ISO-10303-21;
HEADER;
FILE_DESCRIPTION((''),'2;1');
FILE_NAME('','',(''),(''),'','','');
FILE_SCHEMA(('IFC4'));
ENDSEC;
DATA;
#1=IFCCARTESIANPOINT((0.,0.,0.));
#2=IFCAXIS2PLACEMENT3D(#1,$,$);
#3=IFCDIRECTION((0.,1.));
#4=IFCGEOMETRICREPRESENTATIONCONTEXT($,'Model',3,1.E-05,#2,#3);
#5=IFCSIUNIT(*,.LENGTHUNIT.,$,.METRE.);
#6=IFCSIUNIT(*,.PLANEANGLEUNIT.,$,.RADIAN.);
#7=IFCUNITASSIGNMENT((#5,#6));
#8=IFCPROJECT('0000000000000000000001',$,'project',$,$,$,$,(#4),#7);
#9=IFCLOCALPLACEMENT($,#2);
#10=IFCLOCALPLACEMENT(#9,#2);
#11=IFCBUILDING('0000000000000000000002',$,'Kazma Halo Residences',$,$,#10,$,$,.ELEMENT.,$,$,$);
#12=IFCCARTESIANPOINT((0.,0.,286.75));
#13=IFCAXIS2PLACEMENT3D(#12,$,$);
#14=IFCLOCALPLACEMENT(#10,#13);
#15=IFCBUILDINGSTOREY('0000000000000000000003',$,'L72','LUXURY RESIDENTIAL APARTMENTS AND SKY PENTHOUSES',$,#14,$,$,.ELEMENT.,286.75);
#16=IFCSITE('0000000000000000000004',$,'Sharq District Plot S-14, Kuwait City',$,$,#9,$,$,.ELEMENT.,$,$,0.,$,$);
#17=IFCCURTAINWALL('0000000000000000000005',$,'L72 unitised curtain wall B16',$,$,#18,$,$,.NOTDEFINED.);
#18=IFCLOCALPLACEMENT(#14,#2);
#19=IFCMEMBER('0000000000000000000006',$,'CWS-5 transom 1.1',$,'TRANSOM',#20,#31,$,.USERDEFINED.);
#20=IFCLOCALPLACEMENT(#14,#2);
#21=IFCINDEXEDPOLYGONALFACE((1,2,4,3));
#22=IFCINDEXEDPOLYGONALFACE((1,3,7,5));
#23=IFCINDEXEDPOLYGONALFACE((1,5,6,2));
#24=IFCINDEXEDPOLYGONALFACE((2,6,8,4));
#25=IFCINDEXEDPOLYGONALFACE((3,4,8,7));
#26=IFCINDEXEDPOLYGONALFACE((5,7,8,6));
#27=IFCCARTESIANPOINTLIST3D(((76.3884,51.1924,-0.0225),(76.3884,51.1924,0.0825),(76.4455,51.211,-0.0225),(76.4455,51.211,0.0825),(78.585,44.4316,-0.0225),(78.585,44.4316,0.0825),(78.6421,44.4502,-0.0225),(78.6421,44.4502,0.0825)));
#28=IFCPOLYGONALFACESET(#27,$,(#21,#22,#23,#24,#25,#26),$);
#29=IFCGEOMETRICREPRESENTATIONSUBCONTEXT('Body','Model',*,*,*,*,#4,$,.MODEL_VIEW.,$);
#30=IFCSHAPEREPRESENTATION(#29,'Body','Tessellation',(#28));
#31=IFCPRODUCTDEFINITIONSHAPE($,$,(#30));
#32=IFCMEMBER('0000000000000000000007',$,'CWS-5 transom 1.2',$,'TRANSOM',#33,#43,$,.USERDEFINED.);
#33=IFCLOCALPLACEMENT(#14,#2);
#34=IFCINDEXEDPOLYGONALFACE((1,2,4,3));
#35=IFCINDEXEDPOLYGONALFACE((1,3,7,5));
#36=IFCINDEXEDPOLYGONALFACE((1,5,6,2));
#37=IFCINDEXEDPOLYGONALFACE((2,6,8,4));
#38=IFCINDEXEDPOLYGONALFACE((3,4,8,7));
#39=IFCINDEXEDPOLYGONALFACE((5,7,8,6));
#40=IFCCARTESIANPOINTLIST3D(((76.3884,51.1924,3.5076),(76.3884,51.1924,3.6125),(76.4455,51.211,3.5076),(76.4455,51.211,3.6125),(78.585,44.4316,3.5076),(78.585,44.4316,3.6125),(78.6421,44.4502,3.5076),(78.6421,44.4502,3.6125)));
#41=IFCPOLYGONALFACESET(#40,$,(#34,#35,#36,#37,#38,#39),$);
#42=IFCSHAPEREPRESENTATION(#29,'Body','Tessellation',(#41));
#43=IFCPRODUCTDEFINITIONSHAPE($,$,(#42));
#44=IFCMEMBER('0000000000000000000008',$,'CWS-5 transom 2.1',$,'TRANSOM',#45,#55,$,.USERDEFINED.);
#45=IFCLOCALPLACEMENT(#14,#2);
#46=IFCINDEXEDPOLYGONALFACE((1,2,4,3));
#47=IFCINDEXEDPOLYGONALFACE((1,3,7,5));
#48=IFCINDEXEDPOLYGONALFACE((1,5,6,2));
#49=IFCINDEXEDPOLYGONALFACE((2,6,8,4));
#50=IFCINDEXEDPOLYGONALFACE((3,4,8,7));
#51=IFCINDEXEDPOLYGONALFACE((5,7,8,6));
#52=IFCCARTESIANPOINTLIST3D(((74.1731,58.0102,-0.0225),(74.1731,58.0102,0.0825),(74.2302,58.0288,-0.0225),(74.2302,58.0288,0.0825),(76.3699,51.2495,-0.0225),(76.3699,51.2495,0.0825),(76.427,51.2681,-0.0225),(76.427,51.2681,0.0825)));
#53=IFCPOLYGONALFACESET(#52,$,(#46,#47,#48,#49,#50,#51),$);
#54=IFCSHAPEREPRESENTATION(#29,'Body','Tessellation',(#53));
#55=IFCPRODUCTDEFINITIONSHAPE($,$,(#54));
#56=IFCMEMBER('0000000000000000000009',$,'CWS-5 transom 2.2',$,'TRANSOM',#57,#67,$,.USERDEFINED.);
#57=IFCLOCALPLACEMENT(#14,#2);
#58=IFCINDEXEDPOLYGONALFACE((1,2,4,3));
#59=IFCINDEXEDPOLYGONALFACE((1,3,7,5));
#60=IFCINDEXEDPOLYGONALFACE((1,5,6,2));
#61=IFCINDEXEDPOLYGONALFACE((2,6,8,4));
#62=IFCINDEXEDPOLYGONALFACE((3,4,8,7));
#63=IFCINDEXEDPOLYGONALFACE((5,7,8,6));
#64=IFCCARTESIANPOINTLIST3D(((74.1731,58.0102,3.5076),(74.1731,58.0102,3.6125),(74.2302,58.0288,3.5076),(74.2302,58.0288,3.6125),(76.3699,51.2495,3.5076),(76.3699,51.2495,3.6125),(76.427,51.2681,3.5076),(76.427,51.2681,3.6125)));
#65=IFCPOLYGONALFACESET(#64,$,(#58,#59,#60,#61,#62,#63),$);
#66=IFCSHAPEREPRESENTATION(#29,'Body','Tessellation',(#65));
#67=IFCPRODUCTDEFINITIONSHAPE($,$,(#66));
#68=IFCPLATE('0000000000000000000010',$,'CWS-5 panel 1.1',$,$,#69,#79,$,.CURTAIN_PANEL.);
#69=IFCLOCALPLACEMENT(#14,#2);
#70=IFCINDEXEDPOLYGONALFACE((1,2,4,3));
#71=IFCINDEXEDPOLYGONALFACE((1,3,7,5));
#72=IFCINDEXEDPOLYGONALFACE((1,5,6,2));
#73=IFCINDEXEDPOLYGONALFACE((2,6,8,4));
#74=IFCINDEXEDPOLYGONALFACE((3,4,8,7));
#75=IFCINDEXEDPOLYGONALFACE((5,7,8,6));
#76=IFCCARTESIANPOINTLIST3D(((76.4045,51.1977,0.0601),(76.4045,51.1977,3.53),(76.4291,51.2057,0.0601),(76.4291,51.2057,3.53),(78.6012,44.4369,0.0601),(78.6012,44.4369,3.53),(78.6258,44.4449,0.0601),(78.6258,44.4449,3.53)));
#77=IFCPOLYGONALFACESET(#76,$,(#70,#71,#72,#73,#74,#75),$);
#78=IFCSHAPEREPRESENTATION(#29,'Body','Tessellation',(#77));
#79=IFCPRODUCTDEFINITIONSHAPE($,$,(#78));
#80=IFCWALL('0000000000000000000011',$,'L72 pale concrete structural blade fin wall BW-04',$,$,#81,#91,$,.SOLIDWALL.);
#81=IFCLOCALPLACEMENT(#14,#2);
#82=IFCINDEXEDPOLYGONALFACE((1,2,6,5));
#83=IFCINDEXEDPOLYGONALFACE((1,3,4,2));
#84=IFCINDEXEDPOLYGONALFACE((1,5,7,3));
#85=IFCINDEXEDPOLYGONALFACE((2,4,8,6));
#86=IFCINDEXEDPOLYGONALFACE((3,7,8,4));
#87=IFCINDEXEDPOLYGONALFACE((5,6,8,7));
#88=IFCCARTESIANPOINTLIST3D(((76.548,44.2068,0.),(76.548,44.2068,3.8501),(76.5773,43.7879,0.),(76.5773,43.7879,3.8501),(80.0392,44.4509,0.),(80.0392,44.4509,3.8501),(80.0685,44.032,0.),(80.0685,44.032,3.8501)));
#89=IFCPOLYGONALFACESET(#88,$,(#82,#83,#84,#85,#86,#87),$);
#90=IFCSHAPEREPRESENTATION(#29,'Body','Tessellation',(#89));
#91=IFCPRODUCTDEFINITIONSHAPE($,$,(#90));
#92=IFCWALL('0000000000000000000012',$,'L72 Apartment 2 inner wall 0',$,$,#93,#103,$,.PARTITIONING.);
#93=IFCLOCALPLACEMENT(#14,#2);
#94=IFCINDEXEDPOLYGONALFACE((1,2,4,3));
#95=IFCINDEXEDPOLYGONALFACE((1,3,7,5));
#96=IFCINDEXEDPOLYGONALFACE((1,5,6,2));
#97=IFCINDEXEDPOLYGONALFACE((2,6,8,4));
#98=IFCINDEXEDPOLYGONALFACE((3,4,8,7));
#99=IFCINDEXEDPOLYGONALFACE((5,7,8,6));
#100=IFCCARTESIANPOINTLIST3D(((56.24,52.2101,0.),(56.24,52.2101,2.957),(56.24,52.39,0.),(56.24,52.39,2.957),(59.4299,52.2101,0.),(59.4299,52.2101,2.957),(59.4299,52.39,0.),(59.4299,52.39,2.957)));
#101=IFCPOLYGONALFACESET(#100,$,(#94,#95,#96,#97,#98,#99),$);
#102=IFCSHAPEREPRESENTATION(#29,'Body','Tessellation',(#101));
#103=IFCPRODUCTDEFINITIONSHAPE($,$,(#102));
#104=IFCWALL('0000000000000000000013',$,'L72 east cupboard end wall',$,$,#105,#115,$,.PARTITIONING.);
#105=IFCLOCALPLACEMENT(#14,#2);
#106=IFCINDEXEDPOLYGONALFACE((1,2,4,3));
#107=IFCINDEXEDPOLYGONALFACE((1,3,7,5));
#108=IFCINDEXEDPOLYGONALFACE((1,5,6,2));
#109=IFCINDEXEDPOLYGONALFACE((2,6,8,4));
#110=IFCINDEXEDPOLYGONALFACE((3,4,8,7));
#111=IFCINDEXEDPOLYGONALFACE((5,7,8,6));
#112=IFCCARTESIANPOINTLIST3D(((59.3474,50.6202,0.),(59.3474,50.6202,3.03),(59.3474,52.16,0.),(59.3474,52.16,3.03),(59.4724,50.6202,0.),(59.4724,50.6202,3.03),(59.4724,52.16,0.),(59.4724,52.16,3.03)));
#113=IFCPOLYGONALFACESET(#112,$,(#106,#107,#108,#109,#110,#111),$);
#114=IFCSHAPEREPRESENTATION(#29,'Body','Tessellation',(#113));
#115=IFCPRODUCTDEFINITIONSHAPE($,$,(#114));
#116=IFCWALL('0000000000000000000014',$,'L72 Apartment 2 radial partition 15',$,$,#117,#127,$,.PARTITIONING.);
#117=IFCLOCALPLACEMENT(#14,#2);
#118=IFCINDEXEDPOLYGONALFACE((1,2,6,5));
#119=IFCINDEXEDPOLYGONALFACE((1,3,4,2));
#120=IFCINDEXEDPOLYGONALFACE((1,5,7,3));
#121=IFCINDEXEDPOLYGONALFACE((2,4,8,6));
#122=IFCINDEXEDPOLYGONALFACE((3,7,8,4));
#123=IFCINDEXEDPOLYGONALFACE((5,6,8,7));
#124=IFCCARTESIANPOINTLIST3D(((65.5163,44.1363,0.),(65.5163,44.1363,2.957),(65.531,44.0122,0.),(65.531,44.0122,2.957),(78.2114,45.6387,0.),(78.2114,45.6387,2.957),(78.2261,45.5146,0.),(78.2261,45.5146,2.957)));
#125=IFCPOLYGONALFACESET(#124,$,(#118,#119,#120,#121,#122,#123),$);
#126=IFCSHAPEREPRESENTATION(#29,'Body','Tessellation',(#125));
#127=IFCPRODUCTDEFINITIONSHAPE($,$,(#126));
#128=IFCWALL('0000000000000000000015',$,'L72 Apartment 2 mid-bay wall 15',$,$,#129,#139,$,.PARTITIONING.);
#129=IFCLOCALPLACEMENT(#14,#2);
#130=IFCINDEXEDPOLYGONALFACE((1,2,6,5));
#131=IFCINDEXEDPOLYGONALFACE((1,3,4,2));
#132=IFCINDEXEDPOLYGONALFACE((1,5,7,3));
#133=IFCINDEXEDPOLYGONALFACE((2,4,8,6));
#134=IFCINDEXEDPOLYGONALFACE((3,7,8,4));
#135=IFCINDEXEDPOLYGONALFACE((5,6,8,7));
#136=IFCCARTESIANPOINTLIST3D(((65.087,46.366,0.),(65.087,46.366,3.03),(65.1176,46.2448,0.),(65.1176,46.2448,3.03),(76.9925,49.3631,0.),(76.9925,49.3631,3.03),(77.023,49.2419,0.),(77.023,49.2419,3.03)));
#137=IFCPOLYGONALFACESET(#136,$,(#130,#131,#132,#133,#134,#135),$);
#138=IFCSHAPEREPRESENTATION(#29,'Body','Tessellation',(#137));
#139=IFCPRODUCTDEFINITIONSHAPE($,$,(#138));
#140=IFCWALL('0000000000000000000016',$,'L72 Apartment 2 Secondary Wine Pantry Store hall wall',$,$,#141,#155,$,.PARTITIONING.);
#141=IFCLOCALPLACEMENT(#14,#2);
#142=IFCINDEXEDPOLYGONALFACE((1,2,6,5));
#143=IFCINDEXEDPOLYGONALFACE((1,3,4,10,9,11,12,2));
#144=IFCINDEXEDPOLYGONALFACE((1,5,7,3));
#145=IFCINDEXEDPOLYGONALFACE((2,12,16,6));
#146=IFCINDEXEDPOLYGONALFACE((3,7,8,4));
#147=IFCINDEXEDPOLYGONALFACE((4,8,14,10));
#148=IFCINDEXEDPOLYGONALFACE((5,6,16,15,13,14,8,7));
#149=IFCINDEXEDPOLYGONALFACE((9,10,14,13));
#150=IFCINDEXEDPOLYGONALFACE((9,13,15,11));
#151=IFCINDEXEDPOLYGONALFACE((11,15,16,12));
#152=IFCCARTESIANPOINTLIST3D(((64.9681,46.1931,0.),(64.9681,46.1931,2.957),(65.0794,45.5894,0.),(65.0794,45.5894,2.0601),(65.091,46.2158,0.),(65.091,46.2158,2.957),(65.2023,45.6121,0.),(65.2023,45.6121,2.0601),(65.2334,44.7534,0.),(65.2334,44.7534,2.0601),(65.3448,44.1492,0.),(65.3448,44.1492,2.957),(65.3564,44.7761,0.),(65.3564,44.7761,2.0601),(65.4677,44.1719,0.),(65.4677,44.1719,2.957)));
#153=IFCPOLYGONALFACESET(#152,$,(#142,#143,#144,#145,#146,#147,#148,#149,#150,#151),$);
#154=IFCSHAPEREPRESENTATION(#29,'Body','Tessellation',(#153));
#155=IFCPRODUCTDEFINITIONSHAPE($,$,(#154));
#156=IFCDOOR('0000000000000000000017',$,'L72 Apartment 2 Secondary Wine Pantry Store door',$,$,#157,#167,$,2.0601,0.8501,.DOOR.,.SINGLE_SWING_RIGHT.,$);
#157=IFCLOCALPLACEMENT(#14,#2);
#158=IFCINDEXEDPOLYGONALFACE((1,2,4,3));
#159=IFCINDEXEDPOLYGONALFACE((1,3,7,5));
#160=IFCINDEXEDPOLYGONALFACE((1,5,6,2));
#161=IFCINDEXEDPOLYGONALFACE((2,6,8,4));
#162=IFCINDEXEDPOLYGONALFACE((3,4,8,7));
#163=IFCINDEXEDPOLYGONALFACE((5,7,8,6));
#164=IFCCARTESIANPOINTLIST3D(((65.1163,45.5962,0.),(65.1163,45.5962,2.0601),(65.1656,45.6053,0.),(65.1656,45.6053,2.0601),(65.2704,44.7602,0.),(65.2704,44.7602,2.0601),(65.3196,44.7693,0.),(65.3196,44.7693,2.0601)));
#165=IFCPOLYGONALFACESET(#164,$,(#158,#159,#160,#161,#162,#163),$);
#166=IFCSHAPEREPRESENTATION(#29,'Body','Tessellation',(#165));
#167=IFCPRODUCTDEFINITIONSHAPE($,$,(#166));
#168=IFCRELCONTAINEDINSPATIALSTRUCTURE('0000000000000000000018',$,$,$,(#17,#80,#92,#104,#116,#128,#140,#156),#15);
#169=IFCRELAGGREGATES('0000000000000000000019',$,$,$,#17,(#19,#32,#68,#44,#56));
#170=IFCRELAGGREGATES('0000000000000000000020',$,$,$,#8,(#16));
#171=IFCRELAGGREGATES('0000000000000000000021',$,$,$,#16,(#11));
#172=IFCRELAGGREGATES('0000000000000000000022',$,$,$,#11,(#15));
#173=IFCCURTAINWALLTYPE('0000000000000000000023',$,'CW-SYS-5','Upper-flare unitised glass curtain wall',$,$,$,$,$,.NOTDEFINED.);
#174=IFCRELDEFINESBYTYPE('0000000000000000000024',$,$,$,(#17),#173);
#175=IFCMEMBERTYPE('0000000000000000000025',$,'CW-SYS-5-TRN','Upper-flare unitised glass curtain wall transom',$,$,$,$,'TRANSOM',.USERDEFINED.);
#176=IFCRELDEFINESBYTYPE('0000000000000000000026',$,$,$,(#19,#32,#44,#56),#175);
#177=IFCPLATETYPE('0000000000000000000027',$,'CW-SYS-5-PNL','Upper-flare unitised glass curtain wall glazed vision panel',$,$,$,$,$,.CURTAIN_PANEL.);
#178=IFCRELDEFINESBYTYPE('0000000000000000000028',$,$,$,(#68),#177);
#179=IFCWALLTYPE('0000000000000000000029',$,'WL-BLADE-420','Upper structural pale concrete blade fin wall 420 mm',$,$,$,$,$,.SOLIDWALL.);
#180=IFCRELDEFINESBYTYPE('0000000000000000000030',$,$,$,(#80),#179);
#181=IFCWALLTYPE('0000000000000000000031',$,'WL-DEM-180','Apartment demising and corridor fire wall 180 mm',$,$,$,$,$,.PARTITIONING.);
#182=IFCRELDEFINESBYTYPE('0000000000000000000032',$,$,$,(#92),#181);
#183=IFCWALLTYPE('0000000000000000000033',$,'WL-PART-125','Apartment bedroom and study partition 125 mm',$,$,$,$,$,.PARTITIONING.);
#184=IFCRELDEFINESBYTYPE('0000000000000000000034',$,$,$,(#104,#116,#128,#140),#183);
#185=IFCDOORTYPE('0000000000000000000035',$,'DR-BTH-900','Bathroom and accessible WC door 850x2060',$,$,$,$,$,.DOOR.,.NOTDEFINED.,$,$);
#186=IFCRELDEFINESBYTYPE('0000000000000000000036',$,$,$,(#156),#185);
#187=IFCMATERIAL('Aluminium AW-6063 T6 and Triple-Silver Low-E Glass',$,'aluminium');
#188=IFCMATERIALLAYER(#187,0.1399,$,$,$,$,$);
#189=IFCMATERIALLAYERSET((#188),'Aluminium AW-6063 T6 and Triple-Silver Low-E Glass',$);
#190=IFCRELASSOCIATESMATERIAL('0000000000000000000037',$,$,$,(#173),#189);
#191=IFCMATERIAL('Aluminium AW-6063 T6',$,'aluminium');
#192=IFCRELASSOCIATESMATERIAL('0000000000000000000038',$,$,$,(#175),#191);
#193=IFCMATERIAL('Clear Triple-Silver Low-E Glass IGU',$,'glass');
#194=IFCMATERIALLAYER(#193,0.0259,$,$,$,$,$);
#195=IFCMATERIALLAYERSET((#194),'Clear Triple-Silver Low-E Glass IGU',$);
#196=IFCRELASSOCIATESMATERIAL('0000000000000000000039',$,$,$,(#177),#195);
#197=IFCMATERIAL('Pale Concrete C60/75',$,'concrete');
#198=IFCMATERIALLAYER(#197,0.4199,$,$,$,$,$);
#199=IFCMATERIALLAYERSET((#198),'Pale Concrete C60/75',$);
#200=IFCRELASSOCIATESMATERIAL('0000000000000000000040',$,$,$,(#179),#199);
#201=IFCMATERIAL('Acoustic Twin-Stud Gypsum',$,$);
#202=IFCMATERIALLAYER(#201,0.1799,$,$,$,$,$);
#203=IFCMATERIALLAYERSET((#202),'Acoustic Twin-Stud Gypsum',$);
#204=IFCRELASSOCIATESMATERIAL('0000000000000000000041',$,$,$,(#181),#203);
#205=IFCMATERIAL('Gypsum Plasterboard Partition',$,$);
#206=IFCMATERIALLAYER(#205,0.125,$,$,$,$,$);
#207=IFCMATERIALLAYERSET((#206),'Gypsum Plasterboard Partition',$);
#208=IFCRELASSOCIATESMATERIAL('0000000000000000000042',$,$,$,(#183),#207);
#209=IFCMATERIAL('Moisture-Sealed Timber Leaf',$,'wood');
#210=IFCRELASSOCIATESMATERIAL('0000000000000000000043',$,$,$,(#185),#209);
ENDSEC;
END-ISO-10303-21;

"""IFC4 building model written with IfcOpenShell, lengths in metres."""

from ifc_helpers import new_model, si_unit, direction, frame, frame_2d, origin, origin_2d, place, context, subcontext, project, spatial, rectangle, extrude, material, layer, layer_set, material_profile, profile_set, type_object, element, fill, aggregate, save


model = new_model("IFC4")

# Units and contexts
model_context = context("Model", 3, precision=1e-05, world=origin(), true_north=direction((0.0, 1.0)))
body_context = subcontext(model_context, "Body", "Model", "MODEL_VIEW")
ifc_project = project(units=[si_unit("LENGTHUNIT", "METRE"), si_unit("PLANEANGLEUNIT", "RADIAN")], contexts=[model_context])

# Site, building, storey
site_placement = place(None, origin())
site = spatial("IfcSite", under=ifc_project, at=site_placement, Name="Sharq District Plot S-14, Kuwait City", CompositionType="ELEMENT", RefElevation=0.0)
building_placement = place(site_placement, origin())
building = spatial("IfcBuilding", under=site, at=building_placement, Name="Kazma Halo Residences", CompositionType="ELEMENT")
storey_placement = place(building_placement, frame((0.0, 0.0, 286.75)))
storey = spatial("IfcBuildingStorey", under=building, at=storey_placement, Name="L72", Description="LUXURY RESIDENTIAL APARTMENTS AND SKY PENTHOUSES", CompositionType="ELEMENT", Elevation=286.75)

# Shared definitions
ifc_material_1 = material(Name="Aluminium AW-6063 T6 and Triple-Silver Low-E Glass", Category="aluminium")
ifc_layer_1 = layer(ifc_material_1, 0.1399)
ifc_layer_set_1 = layer_set([ifc_layer_1], Name="Aluminium AW-6063 T6 and Triple-Silver Low-E Glass")
curtain_wall_type = type_object("IfcCurtainWallType", Name="CW-SYS-5", Description="Upper-flare unitised glass curtain wall", PredefinedType="NOTDEFINED", material=ifc_layer_set_1)
ifc_material_2 = material(Name="Aluminium AW-6063 T6", Category="aluminium")

# Curtain wall, members, plate
curtain_wall_1_placement = place(storey_placement, origin())
curtain_wall_1 = element("IfcCurtainWall", 1, at=curtain_wall_1_placement, inside=storey, type_object=curtain_wall_type, Name="L72 unitised curtain wall B16", PredefinedType="NOTDEFINED")
ifc_material_profile_1 = material_profile(ifc_material_2, rectangle(XDim=0.0601, YDim=0.105, at=origin_2d()), Name="CWT-60x105")
ifc_profile_set_1 = profile_set([ifc_material_profile_1], Name="Aluminium AW-6063 T6")
member_type_1 = type_object("IfcMemberType", Name="CW-SYS-5-TRN", Description="Upper-flare unitised glass curtain wall transom", ElementType="TRANSOM", PredefinedType="USERDEFINED", material=ifc_profile_set_1)
member_1_placement = place(storey_placement, frame((78.6135, 44.4409, 0.03), z_axis=(-0.308996, 0.951063, 0.0), x_axis=(-0.951063, -0.308996, 0.0)))
member_1 = element("IfcMember", 2, at=member_1_placement, type_object=member_type_1, Name="CWS-5 transom 1.1", ObjectType="TRANSOM", PredefinedType="USERDEFINED", context=body_context, shape_type="SweptSolid", body=[
    extrude(rectangle(XDim=0.0601, YDim=0.105, at=origin_2d()), origin(), (0.0, 0.0, 1.0), 7.1086),
])
member_2_placement = place(storey_placement, frame((78.6135, 44.4409, 3.5601), z_axis=(-0.308996, 0.951063, 0.0), x_axis=(-0.951063, -0.308996, 0.0)))
member_2 = element("IfcMember", 3, at=member_2_placement, type_object=member_type_1, Name="CWS-5 transom 1.2", ObjectType="TRANSOM", PredefinedType="USERDEFINED", context=body_context, shape_type="SweptSolid", body=[
    extrude(rectangle(XDim=0.0601, YDim=0.105, at=origin_2d()), origin(), (0.0, 0.0, 1.0), 7.1086),
])
member_3_placement = place(storey_placement, frame((76.3984, 51.2588, 0.03), z_axis=(-0.309027, 0.951053, 0.0), x_axis=(-0.951053, -0.309027, 0.0)))
member_3 = element("IfcMember", 4, at=member_3_placement, type_object=member_type_1, Name="CWS-5 transom 2.1", ObjectType="TRANSOM", PredefinedType="USERDEFINED", context=body_context, shape_type="SweptSolid", body=[
    extrude(rectangle(XDim=0.0601, YDim=0.105, at=origin_2d()), origin(), (0.0, 0.0, 1.0), 7.1086),
])
member_4_placement = place(storey_placement, frame((76.3984, 51.2588, 3.5601), z_axis=(-0.309027, 0.951053, 0.0), x_axis=(-0.951053, -0.309027, 0.0)))
member_4 = element("IfcMember", 5, at=member_4_placement, type_object=member_type_1, Name="CWS-5 transom 2.2", ObjectType="TRANSOM", PredefinedType="USERDEFINED", context=body_context, shape_type="SweptSolid", body=[
    extrude(rectangle(XDim=0.0601, YDim=0.105, at=origin_2d()), origin(), (0.0, 0.0, 1.0), 7.1086),
])
ifc_material_3 = material(Name="Clear Triple-Silver Low-E Glass IGU", Category="glass")
ifc_layer_2 = layer(ifc_material_3, 0.0259)
ifc_layer_set_2 = layer_set([ifc_layer_2], Name="Clear Triple-Silver Low-E Glass IGU")
plate_type = type_object("IfcPlateType", Name="CW-SYS-5-PNL", Description="Upper-flare unitised glass curtain wall glazed vision panel", PredefinedType="CURTAIN_PANEL", material=ifc_layer_set_2)
plate_placement = place(storey_placement, frame((77.5151, 47.8213, 0.0601), z_axis=(0.0, 0.0, 1.0), x_axis=(-0.309011, 0.951058, 0.0)))
plate = element("IfcPlate", 6, at=plate_placement, type_object=plate_type, Name="CWS-5 panel 1.1", PredefinedType="CURTAIN_PANEL", context=body_context, shape_type="SweptSolid", body=[
    extrude(rectangle(XDim=7.1086, YDim=0.0259, at=origin_2d()), origin(), (0.0, 0.0, 1.0), 3.47),
])
aggregate(curtain_wall_1, [member_1, member_2, plate, member_3, member_4])

# Walls
ifc_material_4 = material(Name="Pale Concrete C60/75", Category="concrete")
ifc_layer_3 = layer(ifc_material_4, 0.4199)
ifc_layer_set_3 = layer_set([ifc_layer_3], Name="Pale Concrete C60/75")
wall_type_1 = type_object("IfcWallType", Name="WL-BLADE-420", Description="Upper structural pale concrete blade fin wall 420 mm", PredefinedType="SOLIDWALL", material=ifc_layer_set_3)
wall_1_placement = place(storey_placement, frame((76.5625, 43.9973, 0.0), z_axis=(0.0, 0.0, 1.0), x_axis=(0.997564, 0.06976, 0.0)))
element("IfcWall", 7, at=wall_1_placement, inside=storey, type_object=wall_type_1, Name="L72 pale concrete structural blade fin wall BW-04", PredefinedType="SOLIDWALL", context=body_context, shape_type="SweptSolid", body=[
    extrude(rectangle(XDim=3.4998, YDim=0.4199, at=frame_2d((1.75, 0.0))), origin(), (0.0, 0.0, 1.0), 3.8501),
])
ifc_material_5 = material(Name="Acoustic Twin-Stud Gypsum")
ifc_layer_4 = layer(ifc_material_5, 0.1799)
ifc_layer_set_4 = layer_set([ifc_layer_4], Name="Acoustic Twin-Stud Gypsum")
wall_type_2 = type_object("IfcWallType", Name="WL-DEM-180", Description="Apartment demising and corridor fire wall 180 mm", PredefinedType="PARTITIONING", material=ifc_layer_set_4)
wall_2_placement = place(storey_placement, frame((59.4299, 52.3, 0.0), z_axis=(0.0, 0.0, 1.0), x_axis=(-1.0, 0.0, 0.0)))
element("IfcWall", 8, at=wall_2_placement, inside=storey, type_object=wall_type_2, Name="L72 Apartment 2 inner wall 0", PredefinedType="PARTITIONING", context=body_context, shape_type="SweptSolid", body=[
    extrude(rectangle(XDim=3.1899, YDim=0.1799, at=frame_2d((1.595, 0.0))), origin(), (0.0, 0.0, 1.0), 2.957),
])
ifc_material_6 = material(Name="Gypsum Plasterboard Partition")
ifc_layer_5 = layer(ifc_material_6, 0.125)
ifc_layer_set_5 = layer_set([ifc_layer_5], Name="Gypsum Plasterboard Partition")
wall_type_3 = type_object("IfcWallType", Name="WL-PART-125", Description="Apartment bedroom and study partition 125 mm", PredefinedType="PARTITIONING", material=ifc_layer_set_5)
wall_3_placement = place(storey_placement, frame((59.4099, 50.6201, 0.0), z_axis=(0.0, 0.0, 1.0), x_axis=(0.0, 1.0, 0.0)))
element("IfcWall", 9, at=wall_3_placement, inside=storey, type_object=wall_type_3, Name="L72 east cupboard end wall", PredefinedType="PARTITIONING", context=body_context, shape_type="SweptSolid", body=[
    extrude(rectangle(XDim=1.5398, YDim=0.125, at=frame_2d((0.77, 0.0))), origin(), (0.0, 0.0, 1.0), 3.03),
])
wall_4_placement = place(storey_placement, frame((65.5237, 44.0742, 0.0), z_axis=(0.0, 0.0, 1.0), x_axis=(0.99307, 0.117528, 0.0)))
element("IfcWall", 10, at=wall_4_placement, inside=storey, type_object=wall_type_3, Name="L72 Apartment 2 radial partition 15", PredefinedType="PARTITIONING", context=body_context, shape_type="SweptSolid", body=[
    extrude(rectangle(XDim=12.7837, YDim=0.125, at=frame_2d((6.3918, 0.0))), origin(), (0.0, 0.0, 1.0), 2.957),
])
wall_5_placement = place(storey_placement, frame((65.1023, 46.3054, 0.0), z_axis=(0.0, 0.0, 1.0), x_axis=(0.969745, 0.244122, 0.0)))
element("IfcWall", 11, at=wall_5_placement, inside=storey, type_object=wall_type_3, Name="L72 Apartment 2 mid-bay wall 15", PredefinedType="PARTITIONING", context=body_context, shape_type="SweptSolid", body=[
    extrude(rectangle(XDim=12.2769, YDim=0.125, at=frame_2d((6.1384, 0.0))), origin(), (0.0, 0.0, 1.0), 3.03),
])

# Wall, opening, door
wall_6_placement = place(storey_placement, frame((65.4062, 44.1606, 0.0), z_axis=(0.0, 0.0, 1.0), x_axis=(-0.181252, 0.983437, 0.0)))
wall_6 = element("IfcWall", 12, at=wall_6_placement, inside=storey, type_object=wall_type_3, Name="L72 Apartment 2 Secondary Wine Pantry Store hall wall", PredefinedType="PARTITIONING", context=body_context, shape_type="SweptSolid", body=[
    extrude(rectangle(XDim=2.0784, YDim=0.125, at=frame_2d((1.0391, 0.0))), origin(), (0.0, 0.0, 1.0), 2.957),
])
opening_1_placement = place(wall_6_placement, frame((0.6143, 0.0, 0.0)))
opening_1 = element("IfcOpeningElement", 13, at=opening_1_placement, cuts=wall_6, PredefinedType="OPENING", context=body_context, shape_type="SweptSolid", body=[
    extrude(rectangle(XDim=0.8501, YDim=2.0601, at=frame_2d((0.425, 1.03))), frame((0.0, 0.0725, 0.0), z_axis=(0.0, -1.0, 0.0), x_axis=(1.0, 0.0, 0.0)), (0.0, 0.0, 1.0), 0.145),
])
ifc_material_7 = material(Name="Moisture-Sealed Timber Leaf", Category="wood")
door_type_1 = type_object("IfcDoorType", Name="DR-BTH-900", Description="Bathroom and accessible WC door 850x2060", OperationType="NOTDEFINED", PredefinedType="DOOR", material=ifc_material_7)
door_1_placement = place(opening_1_placement, origin())
door_1 = element("IfcDoor", 14, at=door_1_placement, inside=storey, type_object=door_type_1, Name="L72 Apartment 2 Secondary Wine Pantry Store door", OperationType="SINGLE_SWING_RIGHT", OverallHeight=2.0601, OverallWidth=0.8501, PredefinedType="DOOR", context=body_context, shape_type="SweptSolid", body=[
    extrude(rectangle(XDim=0.8501, YDim=2.0601, at=frame_2d((0.425, 1.03))), frame((0.0, 0.0249, 0.0), z_axis=(0.0, -1.0, 0.0), x_axis=(1.0, 0.0, 0.0)), (0.0, 0.0, 1.0), 0.05),
])
fill(opening_1, door_1)

save(model, "model.ifc")
